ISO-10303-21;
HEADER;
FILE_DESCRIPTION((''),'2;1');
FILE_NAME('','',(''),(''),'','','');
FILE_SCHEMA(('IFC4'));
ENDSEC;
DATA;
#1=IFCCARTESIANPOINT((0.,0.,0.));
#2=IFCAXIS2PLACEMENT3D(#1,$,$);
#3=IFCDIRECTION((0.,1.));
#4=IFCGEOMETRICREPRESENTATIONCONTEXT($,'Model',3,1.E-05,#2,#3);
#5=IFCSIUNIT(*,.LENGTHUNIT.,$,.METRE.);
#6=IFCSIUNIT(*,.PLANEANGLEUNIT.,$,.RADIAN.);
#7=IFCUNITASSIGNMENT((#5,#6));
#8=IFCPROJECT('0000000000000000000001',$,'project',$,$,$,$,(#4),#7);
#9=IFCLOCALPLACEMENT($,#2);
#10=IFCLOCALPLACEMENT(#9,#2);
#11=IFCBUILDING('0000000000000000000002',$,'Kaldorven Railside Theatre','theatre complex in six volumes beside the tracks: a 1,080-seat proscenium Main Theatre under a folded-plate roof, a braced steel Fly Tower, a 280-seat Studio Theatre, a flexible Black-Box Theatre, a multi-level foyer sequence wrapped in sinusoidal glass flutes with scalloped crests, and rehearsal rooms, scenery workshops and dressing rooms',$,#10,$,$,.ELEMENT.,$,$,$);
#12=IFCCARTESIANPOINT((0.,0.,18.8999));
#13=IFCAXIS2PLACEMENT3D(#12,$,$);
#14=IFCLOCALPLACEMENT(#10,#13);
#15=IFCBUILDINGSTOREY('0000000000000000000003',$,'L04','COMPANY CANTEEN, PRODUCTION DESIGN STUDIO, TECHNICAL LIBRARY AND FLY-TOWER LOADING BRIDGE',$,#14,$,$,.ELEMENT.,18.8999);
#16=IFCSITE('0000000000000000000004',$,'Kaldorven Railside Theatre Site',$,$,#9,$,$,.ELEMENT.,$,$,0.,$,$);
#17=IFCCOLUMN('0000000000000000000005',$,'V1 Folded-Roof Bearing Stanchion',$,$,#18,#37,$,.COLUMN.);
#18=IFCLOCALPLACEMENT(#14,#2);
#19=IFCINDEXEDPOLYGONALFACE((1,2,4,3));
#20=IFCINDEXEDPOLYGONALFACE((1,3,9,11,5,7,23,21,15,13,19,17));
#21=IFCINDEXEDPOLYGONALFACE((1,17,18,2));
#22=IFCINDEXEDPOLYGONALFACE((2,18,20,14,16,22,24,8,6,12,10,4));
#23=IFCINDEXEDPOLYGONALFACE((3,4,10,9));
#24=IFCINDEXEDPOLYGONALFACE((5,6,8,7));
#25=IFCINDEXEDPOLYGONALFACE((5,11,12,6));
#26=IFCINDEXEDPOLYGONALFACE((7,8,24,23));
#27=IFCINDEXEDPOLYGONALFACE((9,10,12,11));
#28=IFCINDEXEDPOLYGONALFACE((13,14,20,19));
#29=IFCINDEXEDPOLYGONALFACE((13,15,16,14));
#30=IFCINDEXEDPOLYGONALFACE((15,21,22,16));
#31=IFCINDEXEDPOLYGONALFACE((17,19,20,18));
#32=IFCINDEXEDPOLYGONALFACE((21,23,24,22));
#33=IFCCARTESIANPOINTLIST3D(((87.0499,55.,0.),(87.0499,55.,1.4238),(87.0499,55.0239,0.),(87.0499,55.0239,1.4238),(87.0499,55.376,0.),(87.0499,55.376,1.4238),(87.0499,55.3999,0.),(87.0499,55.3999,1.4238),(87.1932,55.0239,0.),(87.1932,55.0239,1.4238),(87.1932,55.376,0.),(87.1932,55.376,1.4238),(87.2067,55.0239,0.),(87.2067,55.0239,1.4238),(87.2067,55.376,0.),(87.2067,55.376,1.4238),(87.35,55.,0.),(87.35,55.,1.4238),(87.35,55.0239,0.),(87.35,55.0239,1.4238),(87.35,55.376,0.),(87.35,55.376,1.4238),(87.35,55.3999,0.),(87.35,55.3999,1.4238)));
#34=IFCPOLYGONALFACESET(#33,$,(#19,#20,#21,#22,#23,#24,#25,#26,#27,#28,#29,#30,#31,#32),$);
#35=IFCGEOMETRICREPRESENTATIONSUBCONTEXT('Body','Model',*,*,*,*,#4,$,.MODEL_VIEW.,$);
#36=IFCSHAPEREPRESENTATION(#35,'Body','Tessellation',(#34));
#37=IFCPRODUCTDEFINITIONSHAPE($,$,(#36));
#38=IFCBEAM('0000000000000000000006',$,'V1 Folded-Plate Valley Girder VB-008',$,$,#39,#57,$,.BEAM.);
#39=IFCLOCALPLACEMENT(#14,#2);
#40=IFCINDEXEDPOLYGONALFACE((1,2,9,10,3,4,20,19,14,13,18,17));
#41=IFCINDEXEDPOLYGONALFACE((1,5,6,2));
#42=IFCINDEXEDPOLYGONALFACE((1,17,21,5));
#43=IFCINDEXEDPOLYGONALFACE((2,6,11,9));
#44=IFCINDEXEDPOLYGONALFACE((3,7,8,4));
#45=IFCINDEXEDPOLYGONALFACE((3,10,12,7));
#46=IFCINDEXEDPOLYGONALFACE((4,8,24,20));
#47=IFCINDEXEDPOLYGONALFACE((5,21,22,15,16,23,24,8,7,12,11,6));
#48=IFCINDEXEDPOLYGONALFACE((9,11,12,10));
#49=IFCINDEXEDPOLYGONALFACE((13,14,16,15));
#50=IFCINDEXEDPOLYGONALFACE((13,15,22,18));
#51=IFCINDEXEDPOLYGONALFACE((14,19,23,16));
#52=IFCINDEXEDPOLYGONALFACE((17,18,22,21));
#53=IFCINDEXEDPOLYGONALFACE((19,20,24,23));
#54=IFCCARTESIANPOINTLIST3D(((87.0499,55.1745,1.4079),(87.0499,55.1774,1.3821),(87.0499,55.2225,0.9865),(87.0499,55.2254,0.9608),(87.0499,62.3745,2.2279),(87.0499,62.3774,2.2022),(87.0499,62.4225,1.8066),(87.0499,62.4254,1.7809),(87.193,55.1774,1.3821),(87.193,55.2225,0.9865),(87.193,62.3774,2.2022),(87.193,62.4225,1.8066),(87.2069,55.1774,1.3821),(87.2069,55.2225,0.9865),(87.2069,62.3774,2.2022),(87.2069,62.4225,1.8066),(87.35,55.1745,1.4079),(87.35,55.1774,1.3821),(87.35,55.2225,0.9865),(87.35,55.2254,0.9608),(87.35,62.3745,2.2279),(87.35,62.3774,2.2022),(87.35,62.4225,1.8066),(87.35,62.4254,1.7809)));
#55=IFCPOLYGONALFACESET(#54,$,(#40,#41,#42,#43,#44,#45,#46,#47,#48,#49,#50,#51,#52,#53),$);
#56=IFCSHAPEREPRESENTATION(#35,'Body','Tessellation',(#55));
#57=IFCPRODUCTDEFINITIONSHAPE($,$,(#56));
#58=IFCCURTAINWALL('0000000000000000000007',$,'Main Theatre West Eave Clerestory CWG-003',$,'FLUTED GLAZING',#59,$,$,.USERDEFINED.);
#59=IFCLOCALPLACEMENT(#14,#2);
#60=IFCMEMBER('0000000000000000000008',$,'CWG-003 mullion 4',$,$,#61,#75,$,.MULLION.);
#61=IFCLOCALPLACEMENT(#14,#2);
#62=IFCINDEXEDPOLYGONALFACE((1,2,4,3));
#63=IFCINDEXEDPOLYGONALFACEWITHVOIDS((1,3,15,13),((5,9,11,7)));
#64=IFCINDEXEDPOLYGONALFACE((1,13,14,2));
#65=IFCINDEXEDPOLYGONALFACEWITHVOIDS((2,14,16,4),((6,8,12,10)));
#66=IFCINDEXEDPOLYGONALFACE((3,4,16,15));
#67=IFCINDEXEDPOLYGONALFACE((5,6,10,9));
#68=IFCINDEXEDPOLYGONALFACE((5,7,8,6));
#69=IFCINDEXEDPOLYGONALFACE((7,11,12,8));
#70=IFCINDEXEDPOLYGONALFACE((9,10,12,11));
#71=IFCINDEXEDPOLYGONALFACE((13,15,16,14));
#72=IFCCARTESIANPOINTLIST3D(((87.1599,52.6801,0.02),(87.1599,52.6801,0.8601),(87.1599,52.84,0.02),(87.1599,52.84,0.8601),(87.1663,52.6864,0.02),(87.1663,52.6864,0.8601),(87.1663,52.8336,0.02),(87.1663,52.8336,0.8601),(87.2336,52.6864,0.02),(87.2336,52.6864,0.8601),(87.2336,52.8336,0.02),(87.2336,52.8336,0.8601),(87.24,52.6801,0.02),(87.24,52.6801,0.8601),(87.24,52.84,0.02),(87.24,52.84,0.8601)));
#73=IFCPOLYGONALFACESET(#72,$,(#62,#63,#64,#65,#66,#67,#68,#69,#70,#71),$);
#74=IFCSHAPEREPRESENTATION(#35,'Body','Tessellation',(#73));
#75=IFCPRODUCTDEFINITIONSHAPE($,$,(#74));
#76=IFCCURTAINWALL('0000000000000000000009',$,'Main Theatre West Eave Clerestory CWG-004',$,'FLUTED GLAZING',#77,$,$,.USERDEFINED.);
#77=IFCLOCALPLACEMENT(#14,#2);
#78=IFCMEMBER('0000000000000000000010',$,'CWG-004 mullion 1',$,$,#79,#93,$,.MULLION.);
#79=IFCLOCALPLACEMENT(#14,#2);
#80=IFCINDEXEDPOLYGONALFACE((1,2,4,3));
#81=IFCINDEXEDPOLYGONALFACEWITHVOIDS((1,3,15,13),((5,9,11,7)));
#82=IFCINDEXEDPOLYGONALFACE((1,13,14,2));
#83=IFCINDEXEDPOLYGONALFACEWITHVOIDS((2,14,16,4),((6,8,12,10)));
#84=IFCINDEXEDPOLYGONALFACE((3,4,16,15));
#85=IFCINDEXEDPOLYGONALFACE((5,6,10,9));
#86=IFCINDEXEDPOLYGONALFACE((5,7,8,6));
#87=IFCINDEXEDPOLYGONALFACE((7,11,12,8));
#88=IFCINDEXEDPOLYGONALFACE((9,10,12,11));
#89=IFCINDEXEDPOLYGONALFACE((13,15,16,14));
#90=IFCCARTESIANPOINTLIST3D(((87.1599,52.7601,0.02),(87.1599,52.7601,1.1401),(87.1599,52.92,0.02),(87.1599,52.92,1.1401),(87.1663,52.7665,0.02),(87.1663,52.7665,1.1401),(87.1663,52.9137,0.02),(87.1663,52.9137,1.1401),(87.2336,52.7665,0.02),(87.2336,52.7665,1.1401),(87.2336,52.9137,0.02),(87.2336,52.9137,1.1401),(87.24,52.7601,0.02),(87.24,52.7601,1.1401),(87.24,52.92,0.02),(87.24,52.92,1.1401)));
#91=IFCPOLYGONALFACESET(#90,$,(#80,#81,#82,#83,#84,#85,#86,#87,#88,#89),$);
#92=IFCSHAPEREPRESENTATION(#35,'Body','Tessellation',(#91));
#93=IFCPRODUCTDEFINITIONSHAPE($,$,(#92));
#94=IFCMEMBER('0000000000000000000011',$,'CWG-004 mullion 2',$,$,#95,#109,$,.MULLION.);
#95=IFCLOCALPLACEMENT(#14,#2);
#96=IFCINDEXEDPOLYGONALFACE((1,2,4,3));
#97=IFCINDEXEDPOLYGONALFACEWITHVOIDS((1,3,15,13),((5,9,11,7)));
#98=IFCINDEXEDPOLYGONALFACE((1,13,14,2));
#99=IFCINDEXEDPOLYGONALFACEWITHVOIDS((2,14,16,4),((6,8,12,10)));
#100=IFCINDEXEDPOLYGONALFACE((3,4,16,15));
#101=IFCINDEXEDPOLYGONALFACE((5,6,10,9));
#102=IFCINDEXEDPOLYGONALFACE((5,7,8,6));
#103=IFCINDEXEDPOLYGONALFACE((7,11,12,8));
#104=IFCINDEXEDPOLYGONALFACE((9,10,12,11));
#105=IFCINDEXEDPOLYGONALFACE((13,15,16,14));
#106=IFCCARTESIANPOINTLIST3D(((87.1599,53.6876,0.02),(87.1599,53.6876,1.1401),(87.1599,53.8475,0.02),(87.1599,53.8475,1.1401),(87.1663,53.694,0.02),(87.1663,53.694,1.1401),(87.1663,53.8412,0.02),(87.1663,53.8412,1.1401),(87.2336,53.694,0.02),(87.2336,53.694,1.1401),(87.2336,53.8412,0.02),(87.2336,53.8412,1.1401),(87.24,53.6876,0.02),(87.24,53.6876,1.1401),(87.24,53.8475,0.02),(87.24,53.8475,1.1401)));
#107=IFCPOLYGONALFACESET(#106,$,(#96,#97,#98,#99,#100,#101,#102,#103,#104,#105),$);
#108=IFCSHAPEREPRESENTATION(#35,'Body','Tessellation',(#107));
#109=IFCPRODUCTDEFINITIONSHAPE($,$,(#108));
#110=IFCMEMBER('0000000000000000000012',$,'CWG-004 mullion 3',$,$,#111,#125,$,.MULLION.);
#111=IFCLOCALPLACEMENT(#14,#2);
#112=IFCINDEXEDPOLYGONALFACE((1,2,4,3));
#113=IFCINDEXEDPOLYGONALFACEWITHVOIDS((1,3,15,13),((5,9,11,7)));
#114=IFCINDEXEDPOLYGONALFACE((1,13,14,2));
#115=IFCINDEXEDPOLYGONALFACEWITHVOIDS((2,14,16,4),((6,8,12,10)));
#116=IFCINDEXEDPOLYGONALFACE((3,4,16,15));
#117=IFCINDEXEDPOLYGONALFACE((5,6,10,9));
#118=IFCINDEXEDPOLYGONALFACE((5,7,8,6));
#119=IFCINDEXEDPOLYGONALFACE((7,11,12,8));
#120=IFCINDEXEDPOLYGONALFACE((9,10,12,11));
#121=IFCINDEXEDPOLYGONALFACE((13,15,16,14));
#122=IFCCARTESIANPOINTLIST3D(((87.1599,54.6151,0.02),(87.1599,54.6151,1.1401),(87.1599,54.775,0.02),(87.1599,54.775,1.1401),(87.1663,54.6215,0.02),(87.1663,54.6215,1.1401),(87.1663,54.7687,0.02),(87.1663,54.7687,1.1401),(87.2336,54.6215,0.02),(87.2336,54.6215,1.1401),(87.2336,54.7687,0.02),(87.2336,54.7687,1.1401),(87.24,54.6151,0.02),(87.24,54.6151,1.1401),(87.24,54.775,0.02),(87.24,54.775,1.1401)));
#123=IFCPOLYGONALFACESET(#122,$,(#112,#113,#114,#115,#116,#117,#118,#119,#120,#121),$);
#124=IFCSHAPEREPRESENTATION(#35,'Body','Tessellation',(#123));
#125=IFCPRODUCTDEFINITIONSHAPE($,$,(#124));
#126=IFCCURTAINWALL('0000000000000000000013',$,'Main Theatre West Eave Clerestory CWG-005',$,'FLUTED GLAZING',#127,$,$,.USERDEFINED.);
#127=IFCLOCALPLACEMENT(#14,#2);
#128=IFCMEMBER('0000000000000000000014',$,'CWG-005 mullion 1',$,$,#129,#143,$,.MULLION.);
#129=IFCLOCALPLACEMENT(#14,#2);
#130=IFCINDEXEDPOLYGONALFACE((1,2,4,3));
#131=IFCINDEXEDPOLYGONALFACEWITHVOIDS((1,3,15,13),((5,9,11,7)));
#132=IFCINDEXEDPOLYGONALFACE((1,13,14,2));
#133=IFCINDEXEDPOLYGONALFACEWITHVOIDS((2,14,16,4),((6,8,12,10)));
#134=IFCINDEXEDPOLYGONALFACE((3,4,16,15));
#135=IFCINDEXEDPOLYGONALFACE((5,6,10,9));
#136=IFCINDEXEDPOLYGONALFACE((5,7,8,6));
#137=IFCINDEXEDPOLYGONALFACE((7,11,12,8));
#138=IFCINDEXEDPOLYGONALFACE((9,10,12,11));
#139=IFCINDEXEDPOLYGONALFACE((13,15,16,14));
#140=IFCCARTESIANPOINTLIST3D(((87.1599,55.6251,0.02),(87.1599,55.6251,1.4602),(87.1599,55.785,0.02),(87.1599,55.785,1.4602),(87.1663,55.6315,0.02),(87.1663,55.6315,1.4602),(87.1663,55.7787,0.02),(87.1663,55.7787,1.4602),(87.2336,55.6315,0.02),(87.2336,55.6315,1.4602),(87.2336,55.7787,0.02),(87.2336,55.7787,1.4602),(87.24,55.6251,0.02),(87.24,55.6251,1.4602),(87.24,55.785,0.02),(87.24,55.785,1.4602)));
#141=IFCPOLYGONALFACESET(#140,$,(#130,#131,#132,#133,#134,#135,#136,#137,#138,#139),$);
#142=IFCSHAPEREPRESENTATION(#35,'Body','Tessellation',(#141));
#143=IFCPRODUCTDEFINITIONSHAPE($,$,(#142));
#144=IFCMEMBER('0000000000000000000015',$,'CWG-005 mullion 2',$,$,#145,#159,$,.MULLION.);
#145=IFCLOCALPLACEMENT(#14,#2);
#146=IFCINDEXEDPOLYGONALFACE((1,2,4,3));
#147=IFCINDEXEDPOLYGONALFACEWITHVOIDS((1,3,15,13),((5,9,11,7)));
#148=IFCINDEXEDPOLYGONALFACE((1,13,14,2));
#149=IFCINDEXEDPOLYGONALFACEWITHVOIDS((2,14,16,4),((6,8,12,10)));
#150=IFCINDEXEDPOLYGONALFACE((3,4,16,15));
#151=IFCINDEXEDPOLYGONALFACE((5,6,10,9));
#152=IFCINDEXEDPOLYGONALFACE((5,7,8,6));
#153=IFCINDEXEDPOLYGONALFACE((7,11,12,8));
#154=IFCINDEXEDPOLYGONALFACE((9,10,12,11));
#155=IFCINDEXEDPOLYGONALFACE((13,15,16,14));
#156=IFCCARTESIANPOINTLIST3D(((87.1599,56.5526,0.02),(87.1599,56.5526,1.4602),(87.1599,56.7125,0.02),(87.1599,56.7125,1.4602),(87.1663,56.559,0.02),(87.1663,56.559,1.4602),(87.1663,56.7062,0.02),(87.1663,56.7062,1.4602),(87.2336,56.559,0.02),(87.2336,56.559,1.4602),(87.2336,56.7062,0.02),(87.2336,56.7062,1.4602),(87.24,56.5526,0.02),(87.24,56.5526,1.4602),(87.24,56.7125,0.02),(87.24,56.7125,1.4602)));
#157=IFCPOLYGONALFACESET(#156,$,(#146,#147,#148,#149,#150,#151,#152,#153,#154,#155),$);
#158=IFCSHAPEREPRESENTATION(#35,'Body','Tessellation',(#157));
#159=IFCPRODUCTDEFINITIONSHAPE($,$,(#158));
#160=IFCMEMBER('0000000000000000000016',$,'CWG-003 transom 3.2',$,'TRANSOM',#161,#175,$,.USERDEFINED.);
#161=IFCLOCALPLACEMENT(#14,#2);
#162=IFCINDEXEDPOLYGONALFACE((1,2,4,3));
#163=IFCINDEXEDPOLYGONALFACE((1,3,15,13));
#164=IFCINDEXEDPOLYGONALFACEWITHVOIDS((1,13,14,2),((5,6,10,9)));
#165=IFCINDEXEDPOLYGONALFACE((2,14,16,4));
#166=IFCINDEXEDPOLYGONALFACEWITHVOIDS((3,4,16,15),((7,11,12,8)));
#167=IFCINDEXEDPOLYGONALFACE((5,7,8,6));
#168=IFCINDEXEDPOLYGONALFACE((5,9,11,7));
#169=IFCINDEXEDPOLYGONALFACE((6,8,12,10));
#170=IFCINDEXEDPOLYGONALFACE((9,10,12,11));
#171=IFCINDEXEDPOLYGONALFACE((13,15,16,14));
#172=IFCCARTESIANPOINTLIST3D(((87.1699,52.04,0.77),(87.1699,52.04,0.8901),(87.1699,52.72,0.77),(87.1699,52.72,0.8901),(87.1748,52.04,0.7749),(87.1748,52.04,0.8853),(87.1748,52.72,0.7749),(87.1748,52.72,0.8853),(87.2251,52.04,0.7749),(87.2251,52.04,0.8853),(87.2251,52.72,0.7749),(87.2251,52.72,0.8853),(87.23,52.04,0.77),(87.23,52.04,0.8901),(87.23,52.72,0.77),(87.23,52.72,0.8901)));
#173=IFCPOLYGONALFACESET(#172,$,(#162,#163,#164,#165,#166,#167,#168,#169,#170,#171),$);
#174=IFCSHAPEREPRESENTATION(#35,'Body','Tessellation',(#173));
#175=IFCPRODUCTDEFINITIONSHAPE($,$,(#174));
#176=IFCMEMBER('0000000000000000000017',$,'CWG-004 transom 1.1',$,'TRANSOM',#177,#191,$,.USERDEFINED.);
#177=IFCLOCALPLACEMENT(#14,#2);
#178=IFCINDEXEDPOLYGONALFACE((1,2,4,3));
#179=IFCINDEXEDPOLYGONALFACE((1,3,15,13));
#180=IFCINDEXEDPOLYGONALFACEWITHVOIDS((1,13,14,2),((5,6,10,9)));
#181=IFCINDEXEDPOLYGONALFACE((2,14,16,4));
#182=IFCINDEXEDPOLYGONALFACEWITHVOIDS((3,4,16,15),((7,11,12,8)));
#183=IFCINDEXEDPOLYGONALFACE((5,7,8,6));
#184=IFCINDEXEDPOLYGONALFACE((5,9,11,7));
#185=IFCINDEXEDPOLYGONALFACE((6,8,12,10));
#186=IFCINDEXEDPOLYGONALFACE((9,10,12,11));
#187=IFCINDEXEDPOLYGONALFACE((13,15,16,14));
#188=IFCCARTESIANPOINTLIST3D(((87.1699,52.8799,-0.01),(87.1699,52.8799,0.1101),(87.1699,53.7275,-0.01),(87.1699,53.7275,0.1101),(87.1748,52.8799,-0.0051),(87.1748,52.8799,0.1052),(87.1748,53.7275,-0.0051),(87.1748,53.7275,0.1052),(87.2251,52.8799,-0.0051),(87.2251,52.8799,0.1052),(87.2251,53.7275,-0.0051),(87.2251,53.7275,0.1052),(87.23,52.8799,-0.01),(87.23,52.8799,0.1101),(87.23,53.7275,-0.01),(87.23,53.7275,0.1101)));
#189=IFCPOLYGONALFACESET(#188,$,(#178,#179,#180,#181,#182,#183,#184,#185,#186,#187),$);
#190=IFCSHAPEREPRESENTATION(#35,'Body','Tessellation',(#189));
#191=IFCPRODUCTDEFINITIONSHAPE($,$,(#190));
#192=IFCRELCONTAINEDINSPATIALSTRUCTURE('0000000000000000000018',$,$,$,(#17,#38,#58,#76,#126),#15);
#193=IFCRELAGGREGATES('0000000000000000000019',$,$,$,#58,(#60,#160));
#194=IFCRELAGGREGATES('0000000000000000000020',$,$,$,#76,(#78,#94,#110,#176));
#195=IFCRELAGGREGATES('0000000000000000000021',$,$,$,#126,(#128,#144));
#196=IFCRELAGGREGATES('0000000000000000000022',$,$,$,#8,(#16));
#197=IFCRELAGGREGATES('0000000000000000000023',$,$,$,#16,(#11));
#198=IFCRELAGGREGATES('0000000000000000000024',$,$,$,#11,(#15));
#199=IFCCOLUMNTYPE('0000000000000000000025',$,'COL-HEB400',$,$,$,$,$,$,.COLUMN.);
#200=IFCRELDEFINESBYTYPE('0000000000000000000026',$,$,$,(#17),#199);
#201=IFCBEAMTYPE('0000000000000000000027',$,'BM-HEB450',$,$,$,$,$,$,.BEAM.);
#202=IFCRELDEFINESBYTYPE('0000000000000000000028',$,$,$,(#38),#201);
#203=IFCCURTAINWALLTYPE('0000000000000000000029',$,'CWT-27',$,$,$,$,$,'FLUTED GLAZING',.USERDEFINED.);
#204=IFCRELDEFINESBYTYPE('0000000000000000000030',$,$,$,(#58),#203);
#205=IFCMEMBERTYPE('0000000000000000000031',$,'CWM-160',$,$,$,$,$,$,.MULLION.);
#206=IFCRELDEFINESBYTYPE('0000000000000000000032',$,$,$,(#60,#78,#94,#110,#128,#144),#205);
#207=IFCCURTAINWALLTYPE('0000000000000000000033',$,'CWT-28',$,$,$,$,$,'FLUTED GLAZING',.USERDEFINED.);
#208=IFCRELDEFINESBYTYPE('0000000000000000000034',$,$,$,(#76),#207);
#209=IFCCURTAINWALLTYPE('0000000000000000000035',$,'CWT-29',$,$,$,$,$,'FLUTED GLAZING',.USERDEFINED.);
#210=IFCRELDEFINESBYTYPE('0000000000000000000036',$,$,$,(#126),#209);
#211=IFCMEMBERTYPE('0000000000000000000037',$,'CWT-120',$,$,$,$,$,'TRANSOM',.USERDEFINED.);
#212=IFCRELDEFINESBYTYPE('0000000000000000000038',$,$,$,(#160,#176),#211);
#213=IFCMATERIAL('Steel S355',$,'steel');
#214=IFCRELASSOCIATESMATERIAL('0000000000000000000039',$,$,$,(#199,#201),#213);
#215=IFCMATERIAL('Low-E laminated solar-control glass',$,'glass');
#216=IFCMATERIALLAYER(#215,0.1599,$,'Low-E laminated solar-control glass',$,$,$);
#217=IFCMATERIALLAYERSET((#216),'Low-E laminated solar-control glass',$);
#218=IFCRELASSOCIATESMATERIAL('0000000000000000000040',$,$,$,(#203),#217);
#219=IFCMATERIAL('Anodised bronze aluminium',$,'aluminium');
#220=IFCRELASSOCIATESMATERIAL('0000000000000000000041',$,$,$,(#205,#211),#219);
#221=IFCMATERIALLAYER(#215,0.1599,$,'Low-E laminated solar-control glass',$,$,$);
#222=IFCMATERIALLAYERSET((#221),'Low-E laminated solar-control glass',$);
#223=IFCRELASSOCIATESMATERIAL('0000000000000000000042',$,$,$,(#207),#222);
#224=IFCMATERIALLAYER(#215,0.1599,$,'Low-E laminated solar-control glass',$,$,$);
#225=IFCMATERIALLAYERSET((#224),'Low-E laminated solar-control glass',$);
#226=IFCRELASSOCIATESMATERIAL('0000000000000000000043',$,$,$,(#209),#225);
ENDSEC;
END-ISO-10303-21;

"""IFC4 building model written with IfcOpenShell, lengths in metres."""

from ifc_helpers import new_model, si_unit, direction, frame, origin, origin_2d, place, context, subcontext, project, spatial, hollow_rectangle, i_section, extrude, material, layer, layer_set, material_profile, profile_set, type_object, element, aggregate, save


model = new_model("IFC4")

# Units and contexts
model_context = context("Model", 3, precision=1e-05, world=origin(), true_north=direction((0.0, 1.0)))
body_context = subcontext(model_context, "Body", "Model", "MODEL_VIEW")
ifc_project = project(units=[si_unit("LENGTHUNIT", "METRE"), si_unit("PLANEANGLEUNIT", "RADIAN")], contexts=[model_context])

# Site, building, storey
site_placement = place(None, origin())
site = spatial("IfcSite", under=ifc_project, at=site_placement, Name="Kaldorven Railside Theatre Site", CompositionType="ELEMENT", RefElevation=0.0)
building_placement = place(site_placement, origin())
building = spatial("IfcBuilding", under=site, at=building_placement, Name="Kaldorven Railside Theatre", Description="theatre complex in six volumes beside the tracks: a 1,080-seat proscenium Main Theatre under a folded-plate roof, a braced steel Fly Tower, a 280-seat Studio Theatre, a flexible Black-Box Theatre, a multi-level foyer sequence wrapped in sinusoidal glass flutes with scalloped crests, and rehearsal rooms, scenery workshops and dressing rooms", CompositionType="ELEMENT")
storey_placement = place(building_placement, frame((0.0, 0.0, 18.8999)))
storey = spatial("IfcBuildingStorey", under=building, at=storey_placement, Name="L04", Description="COMPANY CANTEEN, PRODUCTION DESIGN STUDIO, TECHNICAL LIBRARY AND FLY-TOWER LOADING BRIDGE", CompositionType="ELEMENT", Elevation=18.8999)

# Column
ifc_material_1 = material(Name="Steel S355", Category="steel")
ifc_material_profile_1 = material_profile(ifc_material_1, i_section(OverallWidth=0.3, OverallDepth=0.3999, WebThickness=0.0134, FlangeThickness=0.0239, at=origin_2d()), Name="HEB 400")
ifc_profile_set_1 = profile_set([ifc_material_profile_1], Name="Steel S355")
column_type = type_object("IfcColumnType", Name="COL-HEB400", PredefinedType="COLUMN", material=ifc_profile_set_1)
column_placement = place(storey_placement, frame((87.2, 55.2, 0.0), z_axis=(0.0, 0.0, 1.0), x_axis=(1.0, 0.0, 0.0)))
element("IfcColumn", 1, at=column_placement, inside=storey, type_object=column_type, Name="V1 Folded-Roof Bearing Stanchion", PredefinedType="COLUMN", context=body_context, shape_type="SweptSolid", body=[
    extrude(i_section(OverallWidth=0.3, OverallDepth=0.3999, WebThickness=0.0134, FlangeThickness=0.0239, at=origin_2d()), origin(), (0.0, 0.0, 1.0), 1.4238),
])

# Beam
ifc_material_profile_2 = material_profile(ifc_material_1, i_section(OverallWidth=0.3, OverallDepth=0.45, WebThickness=0.0139, FlangeThickness=0.0259, at=origin_2d()), Name="HEB 450")
ifc_profile_set_2 = profile_set([ifc_material_profile_2], Name="Steel S355")
beam_type = type_object("IfcBeamType", Name="BM-HEB450", PredefinedType="BEAM", material=ifc_profile_set_2)
beam_placement = place(storey_placement, frame((87.2, 55.2, 1.1843), z_axis=(0.0, 0.993576, 0.113167), x_axis=(-1.0, 0.0, 0.0)))
element("IfcBeam", 2, at=beam_placement, inside=storey, type_object=beam_type, Name="V1 Folded-Plate Valley Girder VB-008", PredefinedType="BEAM", context=body_context, shape_type="SweptSolid", body=[
    extrude(i_section(OverallWidth=0.3, OverallDepth=0.45, WebThickness=0.0139, FlangeThickness=0.0259, at=origin_2d()), origin(), (0.0, 0.0, 1.0), 7.2466),
])

# Curtain wall, member
ifc_material_2 = material(Name="Low-E laminated solar-control glass", Category="glass")
ifc_layer_1 = layer(ifc_material_2, 0.1599, Name="Low-E laminated solar-control glass")
ifc_layer_set_1 = layer_set([ifc_layer_1], Name="Low-E laminated solar-control glass")
curtain_wall_type_1 = type_object("IfcCurtainWallType", Name="CWT-27", ElementType="FLUTED GLAZING", PredefinedType="USERDEFINED", material=ifc_layer_set_1)
curtain_wall_1_placement = place(storey_placement, origin())
curtain_wall_1 = element("IfcCurtainWall", 3, at=curtain_wall_1_placement, inside=storey, type_object=curtain_wall_type_1, Name="Main Theatre West Eave Clerestory CWG-003", ObjectType="FLUTED GLAZING", PredefinedType="USERDEFINED")
ifc_material_3 = material(Name="Anodised bronze aluminium", Category="aluminium")
ifc_material_profile_3 = material_profile(ifc_material_3, hollow_rectangle(XDim=0.0801, YDim=0.1599, WallThickness=0.0063, at=origin_2d()), Name="RHS 160x80x6.3")
ifc_profile_set_3 = profile_set([ifc_material_profile_3], Name="Anodised bronze aluminium")
member_type_1 = type_object("IfcMemberType", Name="CWM-160", PredefinedType="MULLION", material=ifc_profile_set_3)
member_1_placement = place(storey_placement, frame((87.2, 52.76, 0.02), z_axis=(0.0, 0.0, 1.0), x_axis=(-1.0, 0.0, 0.0)))
member_1 = element("IfcMember", 4, at=member_1_placement, type_object=member_type_1, Name="CWG-003 mullion 4", PredefinedType="MULLION", context=body_context, shape_type="SweptSolid", body=[
    extrude(hollow_rectangle(XDim=0.0801, YDim=0.1599, WallThickness=0.0063, at=origin_2d()), origin(), (0.0, 0.0, 1.0), 0.8401),
])

# Curtain walls, members
ifc_layer_2 = layer(ifc_material_2, 0.1599, Name="Low-E laminated solar-control glass")
ifc_layer_set_2 = layer_set([ifc_layer_2], Name="Low-E laminated solar-control glass")
curtain_wall_type_2 = type_object("IfcCurtainWallType", Name="CWT-28", ElementType="FLUTED GLAZING", PredefinedType="USERDEFINED", material=ifc_layer_set_2)
curtain_wall_2_placement = place(storey_placement, origin())
curtain_wall_2 = element("IfcCurtainWall", 5, at=curtain_wall_2_placement, inside=storey, type_object=curtain_wall_type_2, Name="Main Theatre West Eave Clerestory CWG-004", ObjectType="FLUTED GLAZING", PredefinedType="USERDEFINED")
member_2_placement = place(storey_placement, frame((87.2, 52.8401, 0.02), z_axis=(0.0, 0.0, 1.0), x_axis=(-1.0, 0.0, 0.0)))
member_2 = element("IfcMember", 6, at=member_2_placement, type_object=member_type_1, Name="CWG-004 mullion 1", PredefinedType="MULLION", context=body_context, shape_type="SweptSolid", body=[
    extrude(hollow_rectangle(XDim=0.0801, YDim=0.1599, WallThickness=0.0063, at=origin_2d()), origin(), (0.0, 0.0, 1.0), 1.1201),
])
member_3_placement = place(storey_placement, frame((87.2, 53.7676, 0.02), z_axis=(0.0, 0.0, 1.0), x_axis=(-1.0, 0.0, 0.0)))
member_3 = element("IfcMember", 7, at=member_3_placement, type_object=member_type_1, Name="CWG-004 mullion 2", PredefinedType="MULLION", context=body_context, shape_type="SweptSolid", body=[
    extrude(hollow_rectangle(XDim=0.0801, YDim=0.1599, WallThickness=0.0063, at=origin_2d()), origin(), (0.0, 0.0, 1.0), 1.1201),
])
member_4_placement = place(storey_placement, frame((87.2, 54.6951, 0.02), z_axis=(0.0, 0.0, 1.0), x_axis=(-1.0, 0.0, 0.0)))
member_4 = element("IfcMember", 8, at=member_4_placement, type_object=member_type_1, Name="CWG-004 mullion 3", PredefinedType="MULLION", context=body_context, shape_type="SweptSolid", body=[
    extrude(hollow_rectangle(XDim=0.0801, YDim=0.1599, WallThickness=0.0063, at=origin_2d()), origin(), (0.0, 0.0, 1.0), 1.1201),
])
ifc_layer_3 = layer(ifc_material_2, 0.1599, Name="Low-E laminated solar-control glass")
ifc_layer_set_3 = layer_set([ifc_layer_3], Name="Low-E laminated solar-control glass")
curtain_wall_type_3 = type_object("IfcCurtainWallType", Name="CWT-29", ElementType="FLUTED GLAZING", PredefinedType="USERDEFINED", material=ifc_layer_set_3)
curtain_wall_3_placement = place(storey_placement, origin())
curtain_wall_3 = element("IfcCurtainWall", 9, at=curtain_wall_3_placement, inside=storey, type_object=curtain_wall_type_3, Name="Main Theatre West Eave Clerestory CWG-005", ObjectType="FLUTED GLAZING", PredefinedType="USERDEFINED")
member_5_placement = place(storey_placement, frame((87.2, 55.7051, 0.02), z_axis=(0.0, 0.0, 1.0), x_axis=(-1.0, 0.0, 0.0)))
member_5 = element("IfcMember", 10, at=member_5_placement, type_object=member_type_1, Name="CWG-005 mullion 1", PredefinedType="MULLION", context=body_context, shape_type="SweptSolid", body=[
    extrude(hollow_rectangle(XDim=0.0801, YDim=0.1599, WallThickness=0.0063, at=origin_2d()), origin(), (0.0, 0.0, 1.0), 1.4402),
])
member_6_placement = place(storey_placement, frame((87.2, 56.6326, 0.02), z_axis=(0.0, 0.0, 1.0), x_axis=(-1.0, 0.0, 0.0)))
member_6 = element("IfcMember", 11, at=member_6_placement, type_object=member_type_1, Name="CWG-005 mullion 2", PredefinedType="MULLION", context=body_context, shape_type="SweptSolid", body=[
    extrude(hollow_rectangle(XDim=0.0801, YDim=0.1599, WallThickness=0.0063, at=origin_2d()), origin(), (0.0, 0.0, 1.0), 1.4402),
])

# Members
ifc_material_profile_4 = material_profile(ifc_material_3, hollow_rectangle(XDim=0.0601, YDim=0.1201, WallThickness=0.0049, at=origin_2d()), Name="RHS 120x60x5")
ifc_profile_set_4 = profile_set([ifc_material_profile_4], Name="Anodised bronze aluminium")
member_type_2 = type_object("IfcMemberType", Name="CWT-120", ElementType="TRANSOM", PredefinedType="USERDEFINED", material=ifc_profile_set_4)
member_7_placement = place(storey_placement, frame((87.2, 52.04, 0.8301), z_axis=(0.0, 1.0, 0.0), x_axis=(-1.0, 0.0, 0.0)))
member_7 = element("IfcMember", 12, at=member_7_placement, type_object=member_type_2, Name="CWG-003 transom 3.2", ObjectType="TRANSOM", PredefinedType="USERDEFINED", context=body_context, shape_type="SweptSolid", body=[
    extrude(hollow_rectangle(XDim=0.0601, YDim=0.1201, WallThickness=0.0049, at=origin_2d()), origin(), (0.0, 0.0, 1.0), 0.6799),
])
member_8_placement = place(storey_placement, frame((87.2, 52.8799, 0.05), z_axis=(0.0, 1.0, 0.0), x_axis=(-1.0, 0.0, 0.0)))
member_8 = element("IfcMember", 13, at=member_8_placement, type_object=member_type_2, Name="CWG-004 transom 1.1", ObjectType="TRANSOM", PredefinedType="USERDEFINED", context=body_context, shape_type="SweptSolid", body=[
    extrude(hollow_rectangle(XDim=0.0601, YDim=0.1201, WallThickness=0.0049, at=origin_2d()), origin(), (0.0, 0.0, 1.0), 0.8477),
])

aggregate(curtain_wall_1, [member_1, member_7])
aggregate(curtain_wall_2, [member_2, member_3, member_4, member_8])
aggregate(curtain_wall_3, [member_5, member_6])

save(model, "model.ifc")
